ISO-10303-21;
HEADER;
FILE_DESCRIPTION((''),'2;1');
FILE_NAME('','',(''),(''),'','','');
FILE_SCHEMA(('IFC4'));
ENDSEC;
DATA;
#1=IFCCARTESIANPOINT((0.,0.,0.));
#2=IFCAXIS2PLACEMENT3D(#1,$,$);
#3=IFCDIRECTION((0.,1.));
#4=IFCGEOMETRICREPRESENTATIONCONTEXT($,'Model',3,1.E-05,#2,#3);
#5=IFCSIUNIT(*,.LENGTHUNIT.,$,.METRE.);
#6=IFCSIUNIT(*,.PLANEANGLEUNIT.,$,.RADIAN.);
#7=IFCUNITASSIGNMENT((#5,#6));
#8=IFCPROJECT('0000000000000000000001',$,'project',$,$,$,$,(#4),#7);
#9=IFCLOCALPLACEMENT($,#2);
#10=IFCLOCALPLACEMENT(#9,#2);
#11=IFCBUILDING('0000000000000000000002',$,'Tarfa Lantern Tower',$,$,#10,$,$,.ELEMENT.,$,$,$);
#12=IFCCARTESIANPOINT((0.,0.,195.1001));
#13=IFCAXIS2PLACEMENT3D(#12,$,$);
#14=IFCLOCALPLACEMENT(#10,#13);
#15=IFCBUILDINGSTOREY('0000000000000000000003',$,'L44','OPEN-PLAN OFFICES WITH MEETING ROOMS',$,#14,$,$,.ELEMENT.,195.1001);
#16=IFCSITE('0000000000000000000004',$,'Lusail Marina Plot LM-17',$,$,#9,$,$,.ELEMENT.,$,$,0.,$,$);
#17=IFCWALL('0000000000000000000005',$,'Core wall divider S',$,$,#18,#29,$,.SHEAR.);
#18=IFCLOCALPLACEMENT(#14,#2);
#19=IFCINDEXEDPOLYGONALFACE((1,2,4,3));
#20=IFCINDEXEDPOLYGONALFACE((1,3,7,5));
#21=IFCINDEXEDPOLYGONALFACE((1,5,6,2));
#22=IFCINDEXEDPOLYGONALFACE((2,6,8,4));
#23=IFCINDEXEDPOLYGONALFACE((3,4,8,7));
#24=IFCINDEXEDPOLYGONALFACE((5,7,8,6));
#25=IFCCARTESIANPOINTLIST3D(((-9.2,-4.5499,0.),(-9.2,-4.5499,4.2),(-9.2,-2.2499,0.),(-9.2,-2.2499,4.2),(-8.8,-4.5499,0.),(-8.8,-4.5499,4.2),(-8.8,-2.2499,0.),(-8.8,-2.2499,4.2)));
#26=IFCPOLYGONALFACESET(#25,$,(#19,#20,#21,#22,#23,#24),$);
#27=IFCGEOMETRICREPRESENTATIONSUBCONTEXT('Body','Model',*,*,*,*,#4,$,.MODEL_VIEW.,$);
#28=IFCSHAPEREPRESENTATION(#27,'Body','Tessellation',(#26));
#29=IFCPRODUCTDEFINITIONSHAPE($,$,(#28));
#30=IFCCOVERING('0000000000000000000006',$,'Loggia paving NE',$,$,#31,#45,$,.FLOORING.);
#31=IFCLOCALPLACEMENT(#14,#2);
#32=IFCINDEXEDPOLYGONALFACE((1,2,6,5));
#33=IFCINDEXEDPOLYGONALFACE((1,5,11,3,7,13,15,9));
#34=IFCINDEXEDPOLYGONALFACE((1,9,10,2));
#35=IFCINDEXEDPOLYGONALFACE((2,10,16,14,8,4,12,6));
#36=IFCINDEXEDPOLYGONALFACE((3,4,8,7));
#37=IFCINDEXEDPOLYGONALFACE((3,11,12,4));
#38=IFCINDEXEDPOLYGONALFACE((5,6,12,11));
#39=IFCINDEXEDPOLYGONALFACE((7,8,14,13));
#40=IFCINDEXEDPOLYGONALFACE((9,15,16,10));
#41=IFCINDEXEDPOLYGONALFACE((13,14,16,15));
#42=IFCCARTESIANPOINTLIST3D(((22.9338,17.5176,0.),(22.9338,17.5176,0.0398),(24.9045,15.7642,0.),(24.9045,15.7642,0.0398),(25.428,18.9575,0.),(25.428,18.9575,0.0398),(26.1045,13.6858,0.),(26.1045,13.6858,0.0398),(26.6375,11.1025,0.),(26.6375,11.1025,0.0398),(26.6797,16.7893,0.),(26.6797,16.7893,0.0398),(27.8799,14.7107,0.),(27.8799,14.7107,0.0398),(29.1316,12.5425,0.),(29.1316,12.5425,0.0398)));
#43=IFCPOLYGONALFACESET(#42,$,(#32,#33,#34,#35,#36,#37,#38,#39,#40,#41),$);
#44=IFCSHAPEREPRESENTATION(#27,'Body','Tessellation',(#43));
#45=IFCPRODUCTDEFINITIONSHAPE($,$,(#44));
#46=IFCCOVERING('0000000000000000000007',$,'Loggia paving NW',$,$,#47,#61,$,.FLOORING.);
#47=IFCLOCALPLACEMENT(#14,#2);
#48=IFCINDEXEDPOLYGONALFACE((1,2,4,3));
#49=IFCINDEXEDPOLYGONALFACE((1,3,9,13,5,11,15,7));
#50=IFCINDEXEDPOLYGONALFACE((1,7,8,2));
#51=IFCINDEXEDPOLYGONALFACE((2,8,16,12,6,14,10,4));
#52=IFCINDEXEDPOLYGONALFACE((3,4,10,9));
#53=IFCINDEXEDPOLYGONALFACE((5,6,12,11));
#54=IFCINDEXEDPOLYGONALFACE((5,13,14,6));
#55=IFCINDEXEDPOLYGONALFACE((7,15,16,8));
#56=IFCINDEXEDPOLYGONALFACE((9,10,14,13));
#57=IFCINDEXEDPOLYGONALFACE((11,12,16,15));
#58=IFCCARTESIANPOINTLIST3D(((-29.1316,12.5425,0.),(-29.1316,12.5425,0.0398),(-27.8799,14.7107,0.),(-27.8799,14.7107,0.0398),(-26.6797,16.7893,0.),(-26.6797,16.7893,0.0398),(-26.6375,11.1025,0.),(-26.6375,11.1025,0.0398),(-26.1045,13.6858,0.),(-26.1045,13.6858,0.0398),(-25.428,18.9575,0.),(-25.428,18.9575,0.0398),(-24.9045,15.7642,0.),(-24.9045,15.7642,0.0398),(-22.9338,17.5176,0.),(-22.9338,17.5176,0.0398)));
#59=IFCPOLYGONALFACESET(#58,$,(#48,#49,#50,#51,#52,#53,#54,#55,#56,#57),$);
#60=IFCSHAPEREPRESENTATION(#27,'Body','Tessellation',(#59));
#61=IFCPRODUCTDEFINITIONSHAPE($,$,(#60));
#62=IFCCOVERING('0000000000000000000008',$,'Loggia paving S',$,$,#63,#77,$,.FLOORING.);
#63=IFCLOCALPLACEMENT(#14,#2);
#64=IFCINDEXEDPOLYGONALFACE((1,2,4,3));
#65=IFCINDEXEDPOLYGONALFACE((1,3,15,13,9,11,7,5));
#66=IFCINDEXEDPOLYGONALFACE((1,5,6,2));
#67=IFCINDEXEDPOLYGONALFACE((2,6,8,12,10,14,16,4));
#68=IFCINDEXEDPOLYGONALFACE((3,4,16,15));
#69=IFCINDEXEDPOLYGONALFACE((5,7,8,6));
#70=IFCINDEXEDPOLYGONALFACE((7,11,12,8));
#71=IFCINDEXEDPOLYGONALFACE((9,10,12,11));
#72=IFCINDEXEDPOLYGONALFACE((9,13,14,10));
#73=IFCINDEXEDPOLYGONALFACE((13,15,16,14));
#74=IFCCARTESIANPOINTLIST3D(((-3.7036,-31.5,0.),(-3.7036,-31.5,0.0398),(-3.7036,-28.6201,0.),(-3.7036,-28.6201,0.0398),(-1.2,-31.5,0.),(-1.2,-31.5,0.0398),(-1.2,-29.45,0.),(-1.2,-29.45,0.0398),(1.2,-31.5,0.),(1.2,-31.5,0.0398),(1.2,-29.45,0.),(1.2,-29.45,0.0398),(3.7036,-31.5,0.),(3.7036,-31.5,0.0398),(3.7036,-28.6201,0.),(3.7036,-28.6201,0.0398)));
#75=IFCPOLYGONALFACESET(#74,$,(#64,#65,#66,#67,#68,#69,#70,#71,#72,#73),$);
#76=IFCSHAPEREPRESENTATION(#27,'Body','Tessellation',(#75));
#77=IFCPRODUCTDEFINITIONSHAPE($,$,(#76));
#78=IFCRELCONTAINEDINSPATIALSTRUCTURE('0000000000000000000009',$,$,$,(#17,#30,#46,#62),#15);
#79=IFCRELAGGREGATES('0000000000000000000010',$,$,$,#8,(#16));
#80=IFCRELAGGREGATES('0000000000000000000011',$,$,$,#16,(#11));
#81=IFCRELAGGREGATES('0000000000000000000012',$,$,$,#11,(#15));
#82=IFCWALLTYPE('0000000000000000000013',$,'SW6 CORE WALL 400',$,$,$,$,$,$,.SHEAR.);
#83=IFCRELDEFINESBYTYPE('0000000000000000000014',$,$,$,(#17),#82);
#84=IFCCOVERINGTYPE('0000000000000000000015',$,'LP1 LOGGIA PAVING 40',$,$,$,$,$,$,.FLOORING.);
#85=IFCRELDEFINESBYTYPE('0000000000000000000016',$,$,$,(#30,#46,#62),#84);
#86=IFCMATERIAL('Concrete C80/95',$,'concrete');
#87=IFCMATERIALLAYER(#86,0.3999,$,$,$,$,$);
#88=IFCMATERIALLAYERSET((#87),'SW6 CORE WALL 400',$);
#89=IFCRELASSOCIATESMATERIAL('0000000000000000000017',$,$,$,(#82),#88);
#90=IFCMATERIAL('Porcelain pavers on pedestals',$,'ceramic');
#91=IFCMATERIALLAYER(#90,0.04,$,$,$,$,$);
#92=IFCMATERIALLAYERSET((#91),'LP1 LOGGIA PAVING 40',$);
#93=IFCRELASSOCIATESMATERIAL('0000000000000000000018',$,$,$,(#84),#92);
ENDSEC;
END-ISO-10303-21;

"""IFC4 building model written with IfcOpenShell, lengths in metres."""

from ifc_helpers import new_model, si_unit, direction, frame, frame_2d, origin, place, context, subcontext, project, spatial, polyline, rectangle, outline, extrude, material, layer, layer_set, type_object, element, save


model = new_model("IFC4")

# Units and contexts
model_context = context("Model", 3, precision=1e-05, world=origin(), true_north=direction((0.0, 1.0)))
body_context = subcontext(model_context, "Body", "Model", "MODEL_VIEW")
ifc_project = project(units=[si_unit("LENGTHUNIT", "METRE"), si_unit("PLANEANGLEUNIT", "RADIAN")], contexts=[model_context])

# Site, building, storey
site_placement = place(None, origin())
site = spatial("IfcSite", under=ifc_project, at=site_placement, Name="Lusail Marina Plot LM-17", CompositionType="ELEMENT", RefElevation=0.0)
building_placement = place(site_placement, origin())
building = spatial("IfcBuilding", under=site, at=building_placement, Name="Tarfa Lantern Tower", CompositionType="ELEMENT")
storey_placement = place(building_placement, frame((0.0, 0.0, 195.1001)))
storey = spatial("IfcBuildingStorey", under=building, at=storey_placement, Name="L44", Description="OPEN-PLAN OFFICES WITH MEETING ROOMS", CompositionType="ELEMENT", Elevation=195.1001)

# Shared definitions
ifc_material_1 = material(Name="Concrete C80/95", Category="concrete")

# Wall
ifc_layer_1 = layer(ifc_material_1, 0.3999)
ifc_layer_set_1 = layer_set([ifc_layer_1], Name="SW6 CORE WALL 400")
wall_type_1 = type_object("IfcWallType", Name="SW6 CORE WALL 400", PredefinedType="SHEAR", material=ifc_layer_set_1)
wall_1_placement = place(storey_placement, frame((-9.0, -2.25, 0.0), z_axis=(0.0, 0.0, 1.0), x_axis=(0.0, -1.0, 0.0)))
element("IfcWall", 1, at=wall_1_placement, inside=storey, type_object=wall_type_1, Name="Core wall divider S", PredefinedType="SHEAR", context=body_context, shape_type="SweptSolid", body=[
    extrude(rectangle(XDim=2.3, YDim=0.3999, at=frame_2d((1.1499, 0.0))), origin(), (0.0, 0.0, 1.0), 4.2),
])

# Coverings
ifc_material_2 = material(Name="Porcelain pavers on pedestals", Category="ceramic")
ifc_layer_2 = layer(ifc_material_2, 0.04)
ifc_layer_set_2 = layer_set([ifc_layer_2], Name="LP1 LOGGIA PAVING 40")
covering_type = type_object("IfcCoveringType", Name="LP1 LOGGIA PAVING 40", PredefinedType="FLOORING", material=ifc_layer_set_2)
covering_1_placement = place(storey_placement, origin())
element("IfcCovering", 2, at=covering_1_placement, inside=storey, type_object=covering_type, Name="Loggia paving NE", PredefinedType="FLOORING", context=body_context, shape_type="SweptSolid", body=[
    extrude(outline(polyline([(29.1316, 12.5425), (26.6375, 11.1025), (22.9338, 17.5176), (25.428, 18.9575), (26.6797, 16.7893), (24.9045, 15.7642), (26.1045, 13.6858), (27.8799, 14.7107), (29.1316, 12.5425)])), origin(), (0.0, 0.0, 1.0), 0.0398),
])
covering_2_placement = place(storey_placement, origin())
element("IfcCovering", 3, at=covering_2_placement, inside=storey, type_object=covering_type, Name="Loggia paving NW", PredefinedType="FLOORING", context=body_context, shape_type="SweptSolid", body=[
    extrude(outline(polyline([(-25.428, 18.9575), (-22.9338, 17.5176), (-26.6375, 11.1025), (-29.1316, 12.5425), (-27.8799, 14.7107), (-26.1045, 13.6858), (-24.9045, 15.7642), (-26.6797, 16.7893), (-25.428, 18.9575)])), origin(), (0.0, 0.0, 1.0), 0.0398),
])
covering_3_placement = place(storey_placement, origin())
element("IfcCovering", 4, at=covering_3_placement, inside=storey, type_object=covering_type, Name="Loggia paving S", PredefinedType="FLOORING", context=body_context, shape_type="SweptSolid", body=[
    extrude(outline(polyline([(-3.7036, -31.5), (-3.7036, -28.6201), (3.7036, -28.6201), (3.7036, -31.5), (1.2, -31.5), (1.2, -29.45), (-1.2, -29.45), (-1.2, -31.5), (-3.7036, -31.5)])), origin(), (0.0, 0.0, 1.0), 0.0398),
])

save(model, "model.ifc")
